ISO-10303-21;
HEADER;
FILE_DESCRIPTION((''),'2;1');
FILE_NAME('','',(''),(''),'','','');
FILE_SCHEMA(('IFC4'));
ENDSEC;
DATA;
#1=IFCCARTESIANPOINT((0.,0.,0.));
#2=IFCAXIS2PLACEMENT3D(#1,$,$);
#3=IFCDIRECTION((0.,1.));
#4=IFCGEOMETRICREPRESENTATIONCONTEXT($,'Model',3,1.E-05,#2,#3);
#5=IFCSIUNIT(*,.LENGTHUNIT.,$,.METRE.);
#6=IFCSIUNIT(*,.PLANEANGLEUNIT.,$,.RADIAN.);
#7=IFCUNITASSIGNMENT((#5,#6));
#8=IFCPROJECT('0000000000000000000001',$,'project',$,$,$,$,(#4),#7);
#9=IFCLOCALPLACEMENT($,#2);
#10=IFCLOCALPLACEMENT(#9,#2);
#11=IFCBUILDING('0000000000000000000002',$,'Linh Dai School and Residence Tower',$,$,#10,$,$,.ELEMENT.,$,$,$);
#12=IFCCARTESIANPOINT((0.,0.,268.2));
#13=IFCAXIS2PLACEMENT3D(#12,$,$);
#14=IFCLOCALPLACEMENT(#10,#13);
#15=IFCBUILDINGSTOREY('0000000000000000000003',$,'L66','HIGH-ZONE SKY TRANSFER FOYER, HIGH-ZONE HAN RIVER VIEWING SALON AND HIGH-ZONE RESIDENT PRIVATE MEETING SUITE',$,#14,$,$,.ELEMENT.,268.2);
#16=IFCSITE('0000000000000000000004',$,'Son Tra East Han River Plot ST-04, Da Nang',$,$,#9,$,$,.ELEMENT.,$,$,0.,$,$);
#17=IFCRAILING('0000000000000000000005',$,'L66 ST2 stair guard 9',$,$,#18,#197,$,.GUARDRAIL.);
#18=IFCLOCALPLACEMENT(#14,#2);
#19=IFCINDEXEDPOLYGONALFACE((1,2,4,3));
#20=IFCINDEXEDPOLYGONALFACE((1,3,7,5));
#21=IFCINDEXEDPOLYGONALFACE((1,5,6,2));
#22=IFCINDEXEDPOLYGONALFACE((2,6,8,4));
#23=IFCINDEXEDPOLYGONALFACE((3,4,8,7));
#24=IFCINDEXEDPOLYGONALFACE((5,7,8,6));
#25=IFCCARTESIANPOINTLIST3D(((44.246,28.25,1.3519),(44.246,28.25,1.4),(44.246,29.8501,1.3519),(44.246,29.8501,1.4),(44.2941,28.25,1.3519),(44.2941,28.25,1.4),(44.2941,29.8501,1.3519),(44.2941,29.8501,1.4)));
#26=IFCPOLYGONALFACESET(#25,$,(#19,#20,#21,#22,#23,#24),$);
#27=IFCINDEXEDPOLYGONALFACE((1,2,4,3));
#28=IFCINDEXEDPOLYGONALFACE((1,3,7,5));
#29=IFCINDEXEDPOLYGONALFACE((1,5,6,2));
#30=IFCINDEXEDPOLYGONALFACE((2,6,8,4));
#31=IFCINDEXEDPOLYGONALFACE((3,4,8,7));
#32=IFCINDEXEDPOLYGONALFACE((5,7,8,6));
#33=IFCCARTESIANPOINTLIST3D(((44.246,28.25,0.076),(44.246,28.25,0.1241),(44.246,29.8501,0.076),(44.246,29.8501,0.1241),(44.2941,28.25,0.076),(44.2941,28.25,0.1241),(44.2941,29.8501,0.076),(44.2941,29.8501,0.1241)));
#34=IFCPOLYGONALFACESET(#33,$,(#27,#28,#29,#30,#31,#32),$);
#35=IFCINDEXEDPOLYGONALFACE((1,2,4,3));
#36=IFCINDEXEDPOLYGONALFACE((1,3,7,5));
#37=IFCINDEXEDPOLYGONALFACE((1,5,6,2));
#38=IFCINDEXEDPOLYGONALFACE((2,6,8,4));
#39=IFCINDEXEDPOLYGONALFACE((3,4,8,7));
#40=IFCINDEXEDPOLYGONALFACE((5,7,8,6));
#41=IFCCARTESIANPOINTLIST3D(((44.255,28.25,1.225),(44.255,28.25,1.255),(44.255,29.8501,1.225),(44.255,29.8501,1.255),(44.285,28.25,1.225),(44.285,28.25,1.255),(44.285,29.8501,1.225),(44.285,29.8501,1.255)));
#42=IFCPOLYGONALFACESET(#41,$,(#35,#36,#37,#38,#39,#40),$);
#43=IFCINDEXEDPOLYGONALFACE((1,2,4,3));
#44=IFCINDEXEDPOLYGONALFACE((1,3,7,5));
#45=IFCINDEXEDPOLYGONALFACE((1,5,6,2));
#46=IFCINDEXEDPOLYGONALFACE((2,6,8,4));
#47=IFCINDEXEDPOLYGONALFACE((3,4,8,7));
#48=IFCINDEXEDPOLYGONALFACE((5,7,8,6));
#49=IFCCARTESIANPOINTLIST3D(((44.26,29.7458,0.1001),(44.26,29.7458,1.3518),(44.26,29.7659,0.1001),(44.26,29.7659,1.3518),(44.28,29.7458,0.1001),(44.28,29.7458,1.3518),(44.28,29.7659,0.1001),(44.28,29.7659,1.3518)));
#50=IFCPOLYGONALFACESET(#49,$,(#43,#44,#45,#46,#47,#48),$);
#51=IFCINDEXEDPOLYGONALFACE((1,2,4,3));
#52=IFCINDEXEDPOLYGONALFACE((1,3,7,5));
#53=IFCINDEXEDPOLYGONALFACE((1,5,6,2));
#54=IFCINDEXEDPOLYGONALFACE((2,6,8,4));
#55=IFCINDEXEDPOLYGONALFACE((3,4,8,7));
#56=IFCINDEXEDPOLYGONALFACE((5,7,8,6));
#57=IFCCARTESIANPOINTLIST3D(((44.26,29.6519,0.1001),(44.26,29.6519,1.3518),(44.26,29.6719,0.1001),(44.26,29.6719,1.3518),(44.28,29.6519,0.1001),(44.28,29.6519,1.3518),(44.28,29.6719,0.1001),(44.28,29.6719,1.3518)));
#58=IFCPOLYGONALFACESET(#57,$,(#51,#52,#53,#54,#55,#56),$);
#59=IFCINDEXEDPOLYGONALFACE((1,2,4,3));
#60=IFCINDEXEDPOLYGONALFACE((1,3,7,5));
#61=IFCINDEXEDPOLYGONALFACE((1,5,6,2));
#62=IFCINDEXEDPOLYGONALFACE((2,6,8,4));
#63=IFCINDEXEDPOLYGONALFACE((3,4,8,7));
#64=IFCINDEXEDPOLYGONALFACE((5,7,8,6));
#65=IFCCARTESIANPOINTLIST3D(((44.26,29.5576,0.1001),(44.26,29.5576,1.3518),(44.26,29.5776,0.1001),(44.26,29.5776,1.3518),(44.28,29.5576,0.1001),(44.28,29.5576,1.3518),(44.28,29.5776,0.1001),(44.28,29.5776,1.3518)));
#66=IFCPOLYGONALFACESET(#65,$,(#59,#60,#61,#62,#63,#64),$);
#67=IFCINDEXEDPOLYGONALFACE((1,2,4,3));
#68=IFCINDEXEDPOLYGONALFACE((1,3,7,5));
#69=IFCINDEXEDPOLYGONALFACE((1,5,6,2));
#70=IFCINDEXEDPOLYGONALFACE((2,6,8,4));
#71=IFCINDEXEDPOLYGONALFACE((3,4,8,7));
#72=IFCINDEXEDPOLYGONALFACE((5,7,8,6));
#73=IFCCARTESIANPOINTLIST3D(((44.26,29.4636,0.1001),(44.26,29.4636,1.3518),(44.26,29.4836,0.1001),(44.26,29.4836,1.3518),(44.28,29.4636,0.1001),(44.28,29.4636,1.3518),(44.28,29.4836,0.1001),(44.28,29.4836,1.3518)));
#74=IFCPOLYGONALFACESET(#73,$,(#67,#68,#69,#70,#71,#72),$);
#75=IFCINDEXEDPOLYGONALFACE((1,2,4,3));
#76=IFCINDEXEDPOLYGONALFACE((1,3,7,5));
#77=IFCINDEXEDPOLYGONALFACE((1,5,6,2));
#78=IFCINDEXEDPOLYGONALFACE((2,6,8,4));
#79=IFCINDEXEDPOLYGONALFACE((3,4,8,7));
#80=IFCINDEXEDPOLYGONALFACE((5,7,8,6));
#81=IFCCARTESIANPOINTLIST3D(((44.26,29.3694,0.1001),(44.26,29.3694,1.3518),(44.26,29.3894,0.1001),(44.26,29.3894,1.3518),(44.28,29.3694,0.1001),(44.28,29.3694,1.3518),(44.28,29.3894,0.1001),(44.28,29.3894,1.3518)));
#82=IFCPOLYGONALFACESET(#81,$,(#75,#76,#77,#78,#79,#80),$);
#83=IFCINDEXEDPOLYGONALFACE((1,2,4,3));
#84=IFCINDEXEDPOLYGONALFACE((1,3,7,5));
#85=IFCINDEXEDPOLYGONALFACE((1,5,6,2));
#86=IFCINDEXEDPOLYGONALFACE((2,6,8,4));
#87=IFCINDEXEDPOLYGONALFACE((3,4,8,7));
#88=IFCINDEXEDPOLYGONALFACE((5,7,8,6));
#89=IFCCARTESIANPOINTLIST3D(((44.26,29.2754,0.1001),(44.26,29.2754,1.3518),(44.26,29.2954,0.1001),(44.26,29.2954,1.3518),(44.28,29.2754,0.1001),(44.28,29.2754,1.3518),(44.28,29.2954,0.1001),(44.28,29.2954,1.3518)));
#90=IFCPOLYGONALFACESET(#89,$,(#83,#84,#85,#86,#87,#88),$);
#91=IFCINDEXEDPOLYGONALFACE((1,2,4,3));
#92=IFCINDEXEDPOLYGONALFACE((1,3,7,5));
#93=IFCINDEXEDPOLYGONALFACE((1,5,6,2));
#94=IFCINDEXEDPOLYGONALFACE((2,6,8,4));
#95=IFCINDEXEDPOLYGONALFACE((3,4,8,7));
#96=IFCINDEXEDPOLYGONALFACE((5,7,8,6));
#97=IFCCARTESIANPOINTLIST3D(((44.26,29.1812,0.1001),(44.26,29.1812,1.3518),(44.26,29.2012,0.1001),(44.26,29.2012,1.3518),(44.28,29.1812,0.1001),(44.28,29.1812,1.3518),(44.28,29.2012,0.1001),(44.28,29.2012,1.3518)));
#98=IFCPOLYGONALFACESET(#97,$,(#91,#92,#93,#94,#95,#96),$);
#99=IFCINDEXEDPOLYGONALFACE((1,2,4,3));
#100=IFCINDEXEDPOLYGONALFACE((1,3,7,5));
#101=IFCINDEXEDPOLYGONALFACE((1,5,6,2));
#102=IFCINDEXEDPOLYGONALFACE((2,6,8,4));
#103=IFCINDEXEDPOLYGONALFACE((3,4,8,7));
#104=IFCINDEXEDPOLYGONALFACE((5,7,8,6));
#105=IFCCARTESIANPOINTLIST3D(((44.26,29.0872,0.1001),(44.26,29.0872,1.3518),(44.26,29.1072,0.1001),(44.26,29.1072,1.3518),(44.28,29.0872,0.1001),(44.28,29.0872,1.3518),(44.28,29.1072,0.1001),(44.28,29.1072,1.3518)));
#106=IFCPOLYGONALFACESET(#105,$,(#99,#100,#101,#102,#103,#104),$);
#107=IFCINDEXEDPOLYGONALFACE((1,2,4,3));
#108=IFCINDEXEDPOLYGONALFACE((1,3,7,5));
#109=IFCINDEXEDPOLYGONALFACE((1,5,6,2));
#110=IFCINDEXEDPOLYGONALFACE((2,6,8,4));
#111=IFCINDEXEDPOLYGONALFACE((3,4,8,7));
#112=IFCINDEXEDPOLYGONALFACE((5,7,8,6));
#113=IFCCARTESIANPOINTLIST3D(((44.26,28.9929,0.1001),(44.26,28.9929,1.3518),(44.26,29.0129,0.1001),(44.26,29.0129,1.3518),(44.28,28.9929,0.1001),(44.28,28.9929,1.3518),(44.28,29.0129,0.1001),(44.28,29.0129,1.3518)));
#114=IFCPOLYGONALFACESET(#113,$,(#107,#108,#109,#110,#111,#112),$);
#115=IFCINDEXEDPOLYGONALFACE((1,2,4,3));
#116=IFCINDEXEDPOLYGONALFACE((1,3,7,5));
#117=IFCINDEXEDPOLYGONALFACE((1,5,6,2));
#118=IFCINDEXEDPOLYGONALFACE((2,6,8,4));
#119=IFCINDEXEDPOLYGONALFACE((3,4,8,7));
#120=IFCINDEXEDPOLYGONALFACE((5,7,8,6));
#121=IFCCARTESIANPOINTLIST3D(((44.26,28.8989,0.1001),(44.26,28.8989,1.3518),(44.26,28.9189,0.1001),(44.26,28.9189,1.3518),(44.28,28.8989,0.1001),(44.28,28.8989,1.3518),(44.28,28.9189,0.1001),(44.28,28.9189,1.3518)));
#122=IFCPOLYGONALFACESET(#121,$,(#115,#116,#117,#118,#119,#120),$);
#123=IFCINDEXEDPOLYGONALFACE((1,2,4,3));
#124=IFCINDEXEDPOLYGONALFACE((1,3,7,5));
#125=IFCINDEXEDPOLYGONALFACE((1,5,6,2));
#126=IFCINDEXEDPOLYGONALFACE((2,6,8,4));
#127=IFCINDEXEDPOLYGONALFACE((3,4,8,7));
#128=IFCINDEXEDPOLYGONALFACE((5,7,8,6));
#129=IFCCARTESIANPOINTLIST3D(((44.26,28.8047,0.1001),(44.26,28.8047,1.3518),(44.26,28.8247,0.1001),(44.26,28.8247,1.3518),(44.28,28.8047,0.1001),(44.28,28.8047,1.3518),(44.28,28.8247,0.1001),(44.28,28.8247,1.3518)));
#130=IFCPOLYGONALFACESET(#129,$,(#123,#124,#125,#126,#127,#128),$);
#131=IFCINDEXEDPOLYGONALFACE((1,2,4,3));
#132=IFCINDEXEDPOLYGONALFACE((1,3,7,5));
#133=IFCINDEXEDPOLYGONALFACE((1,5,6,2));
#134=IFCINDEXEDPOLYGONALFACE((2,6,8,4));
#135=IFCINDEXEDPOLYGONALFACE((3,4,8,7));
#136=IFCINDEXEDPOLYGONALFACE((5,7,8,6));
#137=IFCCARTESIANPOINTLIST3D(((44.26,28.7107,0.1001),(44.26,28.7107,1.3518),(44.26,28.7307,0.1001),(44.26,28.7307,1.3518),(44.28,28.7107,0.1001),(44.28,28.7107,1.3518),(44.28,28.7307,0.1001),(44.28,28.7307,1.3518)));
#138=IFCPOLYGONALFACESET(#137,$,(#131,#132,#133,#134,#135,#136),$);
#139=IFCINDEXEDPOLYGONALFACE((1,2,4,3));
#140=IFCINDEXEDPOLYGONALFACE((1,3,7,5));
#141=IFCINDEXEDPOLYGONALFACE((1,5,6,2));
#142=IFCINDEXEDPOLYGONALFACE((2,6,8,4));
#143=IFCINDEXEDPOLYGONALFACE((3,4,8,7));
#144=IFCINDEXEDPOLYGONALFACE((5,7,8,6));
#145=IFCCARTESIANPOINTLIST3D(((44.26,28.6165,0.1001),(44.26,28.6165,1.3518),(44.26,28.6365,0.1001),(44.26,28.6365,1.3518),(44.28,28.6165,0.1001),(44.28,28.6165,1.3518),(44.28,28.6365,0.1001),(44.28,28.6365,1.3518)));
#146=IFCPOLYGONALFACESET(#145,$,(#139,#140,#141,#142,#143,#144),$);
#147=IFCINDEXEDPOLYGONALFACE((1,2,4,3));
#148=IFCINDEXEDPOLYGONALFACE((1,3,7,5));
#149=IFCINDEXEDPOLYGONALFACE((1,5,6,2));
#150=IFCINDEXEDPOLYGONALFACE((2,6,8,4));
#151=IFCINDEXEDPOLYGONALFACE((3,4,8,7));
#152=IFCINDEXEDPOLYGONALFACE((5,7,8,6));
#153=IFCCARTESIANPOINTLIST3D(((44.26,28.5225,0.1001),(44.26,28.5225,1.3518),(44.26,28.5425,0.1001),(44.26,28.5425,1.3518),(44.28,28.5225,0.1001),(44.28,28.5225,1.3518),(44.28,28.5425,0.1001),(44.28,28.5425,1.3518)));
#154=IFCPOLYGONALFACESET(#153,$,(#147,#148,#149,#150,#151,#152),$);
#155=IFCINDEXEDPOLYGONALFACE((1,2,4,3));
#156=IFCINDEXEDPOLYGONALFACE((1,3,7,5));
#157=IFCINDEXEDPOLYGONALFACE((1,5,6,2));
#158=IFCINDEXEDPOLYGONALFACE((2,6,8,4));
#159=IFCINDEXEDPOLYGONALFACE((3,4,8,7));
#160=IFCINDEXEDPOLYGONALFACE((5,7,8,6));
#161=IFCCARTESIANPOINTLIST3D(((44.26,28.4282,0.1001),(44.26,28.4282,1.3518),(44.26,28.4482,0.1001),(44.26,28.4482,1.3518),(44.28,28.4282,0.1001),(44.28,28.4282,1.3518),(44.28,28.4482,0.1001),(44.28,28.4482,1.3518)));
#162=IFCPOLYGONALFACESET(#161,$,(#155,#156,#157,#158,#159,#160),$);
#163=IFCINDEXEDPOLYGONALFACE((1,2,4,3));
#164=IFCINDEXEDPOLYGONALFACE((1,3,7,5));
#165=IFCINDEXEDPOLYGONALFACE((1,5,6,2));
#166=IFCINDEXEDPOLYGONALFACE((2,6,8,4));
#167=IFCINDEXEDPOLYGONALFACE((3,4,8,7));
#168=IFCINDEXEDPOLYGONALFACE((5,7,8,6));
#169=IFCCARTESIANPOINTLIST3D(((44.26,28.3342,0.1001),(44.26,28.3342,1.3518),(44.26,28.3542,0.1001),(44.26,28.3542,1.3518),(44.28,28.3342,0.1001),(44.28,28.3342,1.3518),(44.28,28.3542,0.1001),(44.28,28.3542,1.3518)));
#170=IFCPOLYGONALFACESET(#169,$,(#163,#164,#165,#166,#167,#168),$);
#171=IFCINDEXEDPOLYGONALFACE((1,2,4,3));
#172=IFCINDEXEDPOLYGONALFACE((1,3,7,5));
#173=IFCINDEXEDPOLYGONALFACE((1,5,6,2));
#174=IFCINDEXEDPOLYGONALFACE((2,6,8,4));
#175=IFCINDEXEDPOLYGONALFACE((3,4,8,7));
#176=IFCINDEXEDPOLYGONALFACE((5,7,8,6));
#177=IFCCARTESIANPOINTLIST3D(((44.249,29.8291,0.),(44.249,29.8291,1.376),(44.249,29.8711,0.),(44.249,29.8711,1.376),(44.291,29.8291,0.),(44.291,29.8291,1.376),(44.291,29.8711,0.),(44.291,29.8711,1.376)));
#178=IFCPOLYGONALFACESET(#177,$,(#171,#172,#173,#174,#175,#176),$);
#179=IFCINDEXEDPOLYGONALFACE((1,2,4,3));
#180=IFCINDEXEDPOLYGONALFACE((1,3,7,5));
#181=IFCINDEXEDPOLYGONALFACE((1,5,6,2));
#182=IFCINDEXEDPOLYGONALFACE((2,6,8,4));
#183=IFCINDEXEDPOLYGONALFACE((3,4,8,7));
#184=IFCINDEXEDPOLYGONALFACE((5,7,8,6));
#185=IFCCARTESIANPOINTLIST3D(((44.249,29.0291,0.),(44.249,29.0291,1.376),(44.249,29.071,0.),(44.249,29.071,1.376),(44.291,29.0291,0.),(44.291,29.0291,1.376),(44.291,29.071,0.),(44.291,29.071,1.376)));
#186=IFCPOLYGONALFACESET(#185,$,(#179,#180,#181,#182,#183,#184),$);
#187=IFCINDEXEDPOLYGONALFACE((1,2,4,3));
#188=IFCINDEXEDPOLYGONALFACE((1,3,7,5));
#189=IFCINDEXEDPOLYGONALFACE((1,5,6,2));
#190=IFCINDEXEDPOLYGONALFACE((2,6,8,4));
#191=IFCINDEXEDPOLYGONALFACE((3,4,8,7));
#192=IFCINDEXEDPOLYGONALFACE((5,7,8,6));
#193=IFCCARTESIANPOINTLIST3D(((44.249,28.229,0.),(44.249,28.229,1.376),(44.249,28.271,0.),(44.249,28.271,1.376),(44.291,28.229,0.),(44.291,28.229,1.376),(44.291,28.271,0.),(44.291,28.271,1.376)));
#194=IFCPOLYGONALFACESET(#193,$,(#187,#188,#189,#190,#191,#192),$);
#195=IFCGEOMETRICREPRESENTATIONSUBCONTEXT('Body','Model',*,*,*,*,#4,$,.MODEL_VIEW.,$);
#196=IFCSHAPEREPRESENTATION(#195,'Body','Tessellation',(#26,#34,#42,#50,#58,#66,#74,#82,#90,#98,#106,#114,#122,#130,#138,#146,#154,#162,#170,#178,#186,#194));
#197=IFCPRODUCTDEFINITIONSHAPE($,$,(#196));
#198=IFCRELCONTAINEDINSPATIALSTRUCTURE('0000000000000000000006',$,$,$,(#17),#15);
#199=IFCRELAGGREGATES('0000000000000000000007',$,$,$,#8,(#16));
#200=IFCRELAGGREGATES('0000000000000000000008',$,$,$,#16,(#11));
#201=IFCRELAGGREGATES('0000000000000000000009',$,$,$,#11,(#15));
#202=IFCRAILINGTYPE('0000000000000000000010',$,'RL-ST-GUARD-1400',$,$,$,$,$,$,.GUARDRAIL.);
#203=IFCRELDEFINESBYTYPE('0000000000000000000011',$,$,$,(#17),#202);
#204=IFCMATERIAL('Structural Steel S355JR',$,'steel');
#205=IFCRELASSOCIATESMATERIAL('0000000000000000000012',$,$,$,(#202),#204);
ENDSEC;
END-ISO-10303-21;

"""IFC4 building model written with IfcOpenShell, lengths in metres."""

from ifc_helpers import new_model, si_unit, direction, frame, origin, origin_2d, place, context, subcontext, project, spatial, rectangle, extrude, source, transform, mapped, material, type_object, element, save


model = new_model("IFC4")

# Units and contexts
model_context = context("Model", 3, precision=1e-05, world=origin(), true_north=direction((0.0, 1.0)))
body_context = subcontext(model_context, "Body", "Model", "MODEL_VIEW")
ifc_project = project(units=[si_unit("LENGTHUNIT", "METRE"), si_unit("PLANEANGLEUNIT", "RADIAN")], contexts=[model_context])

# Site, building, storey
site_placement = place(None, origin())
site = spatial("IfcSite", under=ifc_project, at=site_placement, Name="Son Tra East Han River Plot ST-04, Da Nang", CompositionType="ELEMENT", RefElevation=0.0)
building_placement = place(site_placement, origin())
building = spatial("IfcBuilding", under=site, at=building_placement, Name="Linh Dai School and Residence Tower", CompositionType="ELEMENT")
storey_placement = place(building_placement, frame((0.0, 0.0, 268.2)))
storey = spatial("IfcBuildingStorey", under=building, at=storey_placement, Name="L66", Description="HIGH-ZONE SKY TRANSFER FOYER, HIGH-ZONE HAN RIVER VIEWING SALON AND HIGH-ZONE RESIDENT PRIVATE MEETING SUITE", CompositionType="ELEMENT", Elevation=268.2)

# Shared definitions
ifc_material_1 = material(Name="Structural Steel S355JR", Category="steel")

# Railing
railing_type_1 = type_object("IfcRailingType", Name="RL-ST-GUARD-1400", PredefinedType="GUARDRAIL", material=ifc_material_1)
shared_shape_1 = source(origin(), body_context, "Body", "SweptSolid", [
    extrude(rectangle(XDim=0.0481, YDim=0.0481, at=origin_2d()), frame((0.0, 0.0, 1.376), z_axis=(0.0, -1.0, 0.0), x_axis=(1.0, 0.0, 0.0)), (0.0, 0.0, 1.0), 1.6001),
    extrude(rectangle(XDim=0.0481, YDim=0.0481, at=origin_2d()), frame((0.0, 0.0, 0.1001), z_axis=(0.0, -1.0, 0.0), x_axis=(1.0, 0.0, 0.0)), (0.0, 0.0, 1.0), 1.6001),
    extrude(rectangle(XDim=0.03, YDim=0.03, at=origin_2d()), frame((0.0, 0.0, 1.24), z_axis=(0.0, -1.0, 0.0), x_axis=(1.0, 0.0, 0.0)), (0.0, 0.0, 1.0), 1.6001),
    extrude(rectangle(XDim=0.02, YDim=0.02, at=origin_2d()), frame((0.0, -0.0942, 0.1001)), (0.0, 0.0, 1.0), 1.2517),
    extrude(rectangle(XDim=0.02, YDim=0.02, at=origin_2d()), frame((0.0, -0.1882, 0.1001)), (0.0, 0.0, 1.0), 1.2517),
    extrude(rectangle(XDim=0.02, YDim=0.02, at=origin_2d()), frame((0.0, -0.2825, 0.1001)), (0.0, 0.0, 1.0), 1.2517),
    extrude(rectangle(XDim=0.02, YDim=0.02, at=origin_2d()), frame((0.0, -0.3765, 0.1001)), (0.0, 0.0, 1.0), 1.2517),
    extrude(rectangle(XDim=0.02, YDim=0.02, at=origin_2d()), frame((0.0, -0.4707, 0.1001)), (0.0, 0.0, 1.0), 1.2517),
    extrude(rectangle(XDim=0.02, YDim=0.02, at=origin_2d()), frame((0.0, -0.5647, 0.1001)), (0.0, 0.0, 1.0), 1.2517),
    extrude(rectangle(XDim=0.02, YDim=0.02, at=origin_2d()), frame((0.0, -0.6589, 0.1001)), (0.0, 0.0, 1.0), 1.2517),
    extrude(rectangle(XDim=0.02, YDim=0.02, at=origin_2d()), frame((0.0, -0.7529, 0.1001)), (0.0, 0.0, 1.0), 1.2517),
    extrude(rectangle(XDim=0.02, YDim=0.02, at=origin_2d()), frame((0.0, -0.8472, 0.1001)), (0.0, 0.0, 1.0), 1.2517),
    extrude(rectangle(XDim=0.02, YDim=0.02, at=origin_2d()), frame((0.0, -0.9412, 0.1001)), (0.0, 0.0, 1.0), 1.2517),
    extrude(rectangle(XDim=0.02, YDim=0.02, at=origin_2d()), frame((0.0, -1.0354, 0.1001)), (0.0, 0.0, 1.0), 1.2517),
    extrude(rectangle(XDim=0.02, YDim=0.02, at=origin_2d()), frame((0.0, -1.1294, 0.1001)), (0.0, 0.0, 1.0), 1.2517),
    extrude(rectangle(XDim=0.02, YDim=0.02, at=origin_2d()), frame((0.0, -1.2236, 0.1001)), (0.0, 0.0, 1.0), 1.2517),
    extrude(rectangle(XDim=0.02, YDim=0.02, at=origin_2d()), frame((0.0, -1.3176, 0.1001)), (0.0, 0.0, 1.0), 1.2517),
    extrude(rectangle(XDim=0.02, YDim=0.02, at=origin_2d()), frame((0.0, -1.4119, 0.1001)), (0.0, 0.0, 1.0), 1.2517),
    extrude(rectangle(XDim=0.02, YDim=0.02, at=origin_2d()), frame((0.0, -1.5059, 0.1001)), (0.0, 0.0, 1.0), 1.2517),
    extrude(rectangle(XDim=0.042, YDim=0.042, at=origin_2d()), origin(), (0.0, 0.0, 1.0), 1.376),
    extrude(rectangle(XDim=0.042, YDim=0.042, at=origin_2d()), frame((0.0, -0.8, 0.0)), (0.0, 0.0, 1.0), 1.376),
    extrude(rectangle(XDim=0.042, YDim=0.042, at=origin_2d()), frame((0.0, -1.6001, 0.0)), (0.0, 0.0, 1.0), 1.376),
])
for number, where, name in (
    (1, (44.27, 29.8501, 0.0), "L66 ST2 stair guard 9"),
):
    element("IfcRailing", number, at=place(storey_placement, frame(where)), inside=storey, type_object=railing_type_1, Name=name, PredefinedType="GUARDRAIL", context=body_context, shape_type="MappedRepresentation", body=[
        mapped(shared_shape_1, transform((0.0, 0.0, 0.0), x_axis=(1.0, 0.0, 0.0), y_axis=(0.0, 1.0, 0.0), z_axis=(0.0, 0.0, 1.0), scale=1.0)),
    ])

save(model, "model.ifc")
